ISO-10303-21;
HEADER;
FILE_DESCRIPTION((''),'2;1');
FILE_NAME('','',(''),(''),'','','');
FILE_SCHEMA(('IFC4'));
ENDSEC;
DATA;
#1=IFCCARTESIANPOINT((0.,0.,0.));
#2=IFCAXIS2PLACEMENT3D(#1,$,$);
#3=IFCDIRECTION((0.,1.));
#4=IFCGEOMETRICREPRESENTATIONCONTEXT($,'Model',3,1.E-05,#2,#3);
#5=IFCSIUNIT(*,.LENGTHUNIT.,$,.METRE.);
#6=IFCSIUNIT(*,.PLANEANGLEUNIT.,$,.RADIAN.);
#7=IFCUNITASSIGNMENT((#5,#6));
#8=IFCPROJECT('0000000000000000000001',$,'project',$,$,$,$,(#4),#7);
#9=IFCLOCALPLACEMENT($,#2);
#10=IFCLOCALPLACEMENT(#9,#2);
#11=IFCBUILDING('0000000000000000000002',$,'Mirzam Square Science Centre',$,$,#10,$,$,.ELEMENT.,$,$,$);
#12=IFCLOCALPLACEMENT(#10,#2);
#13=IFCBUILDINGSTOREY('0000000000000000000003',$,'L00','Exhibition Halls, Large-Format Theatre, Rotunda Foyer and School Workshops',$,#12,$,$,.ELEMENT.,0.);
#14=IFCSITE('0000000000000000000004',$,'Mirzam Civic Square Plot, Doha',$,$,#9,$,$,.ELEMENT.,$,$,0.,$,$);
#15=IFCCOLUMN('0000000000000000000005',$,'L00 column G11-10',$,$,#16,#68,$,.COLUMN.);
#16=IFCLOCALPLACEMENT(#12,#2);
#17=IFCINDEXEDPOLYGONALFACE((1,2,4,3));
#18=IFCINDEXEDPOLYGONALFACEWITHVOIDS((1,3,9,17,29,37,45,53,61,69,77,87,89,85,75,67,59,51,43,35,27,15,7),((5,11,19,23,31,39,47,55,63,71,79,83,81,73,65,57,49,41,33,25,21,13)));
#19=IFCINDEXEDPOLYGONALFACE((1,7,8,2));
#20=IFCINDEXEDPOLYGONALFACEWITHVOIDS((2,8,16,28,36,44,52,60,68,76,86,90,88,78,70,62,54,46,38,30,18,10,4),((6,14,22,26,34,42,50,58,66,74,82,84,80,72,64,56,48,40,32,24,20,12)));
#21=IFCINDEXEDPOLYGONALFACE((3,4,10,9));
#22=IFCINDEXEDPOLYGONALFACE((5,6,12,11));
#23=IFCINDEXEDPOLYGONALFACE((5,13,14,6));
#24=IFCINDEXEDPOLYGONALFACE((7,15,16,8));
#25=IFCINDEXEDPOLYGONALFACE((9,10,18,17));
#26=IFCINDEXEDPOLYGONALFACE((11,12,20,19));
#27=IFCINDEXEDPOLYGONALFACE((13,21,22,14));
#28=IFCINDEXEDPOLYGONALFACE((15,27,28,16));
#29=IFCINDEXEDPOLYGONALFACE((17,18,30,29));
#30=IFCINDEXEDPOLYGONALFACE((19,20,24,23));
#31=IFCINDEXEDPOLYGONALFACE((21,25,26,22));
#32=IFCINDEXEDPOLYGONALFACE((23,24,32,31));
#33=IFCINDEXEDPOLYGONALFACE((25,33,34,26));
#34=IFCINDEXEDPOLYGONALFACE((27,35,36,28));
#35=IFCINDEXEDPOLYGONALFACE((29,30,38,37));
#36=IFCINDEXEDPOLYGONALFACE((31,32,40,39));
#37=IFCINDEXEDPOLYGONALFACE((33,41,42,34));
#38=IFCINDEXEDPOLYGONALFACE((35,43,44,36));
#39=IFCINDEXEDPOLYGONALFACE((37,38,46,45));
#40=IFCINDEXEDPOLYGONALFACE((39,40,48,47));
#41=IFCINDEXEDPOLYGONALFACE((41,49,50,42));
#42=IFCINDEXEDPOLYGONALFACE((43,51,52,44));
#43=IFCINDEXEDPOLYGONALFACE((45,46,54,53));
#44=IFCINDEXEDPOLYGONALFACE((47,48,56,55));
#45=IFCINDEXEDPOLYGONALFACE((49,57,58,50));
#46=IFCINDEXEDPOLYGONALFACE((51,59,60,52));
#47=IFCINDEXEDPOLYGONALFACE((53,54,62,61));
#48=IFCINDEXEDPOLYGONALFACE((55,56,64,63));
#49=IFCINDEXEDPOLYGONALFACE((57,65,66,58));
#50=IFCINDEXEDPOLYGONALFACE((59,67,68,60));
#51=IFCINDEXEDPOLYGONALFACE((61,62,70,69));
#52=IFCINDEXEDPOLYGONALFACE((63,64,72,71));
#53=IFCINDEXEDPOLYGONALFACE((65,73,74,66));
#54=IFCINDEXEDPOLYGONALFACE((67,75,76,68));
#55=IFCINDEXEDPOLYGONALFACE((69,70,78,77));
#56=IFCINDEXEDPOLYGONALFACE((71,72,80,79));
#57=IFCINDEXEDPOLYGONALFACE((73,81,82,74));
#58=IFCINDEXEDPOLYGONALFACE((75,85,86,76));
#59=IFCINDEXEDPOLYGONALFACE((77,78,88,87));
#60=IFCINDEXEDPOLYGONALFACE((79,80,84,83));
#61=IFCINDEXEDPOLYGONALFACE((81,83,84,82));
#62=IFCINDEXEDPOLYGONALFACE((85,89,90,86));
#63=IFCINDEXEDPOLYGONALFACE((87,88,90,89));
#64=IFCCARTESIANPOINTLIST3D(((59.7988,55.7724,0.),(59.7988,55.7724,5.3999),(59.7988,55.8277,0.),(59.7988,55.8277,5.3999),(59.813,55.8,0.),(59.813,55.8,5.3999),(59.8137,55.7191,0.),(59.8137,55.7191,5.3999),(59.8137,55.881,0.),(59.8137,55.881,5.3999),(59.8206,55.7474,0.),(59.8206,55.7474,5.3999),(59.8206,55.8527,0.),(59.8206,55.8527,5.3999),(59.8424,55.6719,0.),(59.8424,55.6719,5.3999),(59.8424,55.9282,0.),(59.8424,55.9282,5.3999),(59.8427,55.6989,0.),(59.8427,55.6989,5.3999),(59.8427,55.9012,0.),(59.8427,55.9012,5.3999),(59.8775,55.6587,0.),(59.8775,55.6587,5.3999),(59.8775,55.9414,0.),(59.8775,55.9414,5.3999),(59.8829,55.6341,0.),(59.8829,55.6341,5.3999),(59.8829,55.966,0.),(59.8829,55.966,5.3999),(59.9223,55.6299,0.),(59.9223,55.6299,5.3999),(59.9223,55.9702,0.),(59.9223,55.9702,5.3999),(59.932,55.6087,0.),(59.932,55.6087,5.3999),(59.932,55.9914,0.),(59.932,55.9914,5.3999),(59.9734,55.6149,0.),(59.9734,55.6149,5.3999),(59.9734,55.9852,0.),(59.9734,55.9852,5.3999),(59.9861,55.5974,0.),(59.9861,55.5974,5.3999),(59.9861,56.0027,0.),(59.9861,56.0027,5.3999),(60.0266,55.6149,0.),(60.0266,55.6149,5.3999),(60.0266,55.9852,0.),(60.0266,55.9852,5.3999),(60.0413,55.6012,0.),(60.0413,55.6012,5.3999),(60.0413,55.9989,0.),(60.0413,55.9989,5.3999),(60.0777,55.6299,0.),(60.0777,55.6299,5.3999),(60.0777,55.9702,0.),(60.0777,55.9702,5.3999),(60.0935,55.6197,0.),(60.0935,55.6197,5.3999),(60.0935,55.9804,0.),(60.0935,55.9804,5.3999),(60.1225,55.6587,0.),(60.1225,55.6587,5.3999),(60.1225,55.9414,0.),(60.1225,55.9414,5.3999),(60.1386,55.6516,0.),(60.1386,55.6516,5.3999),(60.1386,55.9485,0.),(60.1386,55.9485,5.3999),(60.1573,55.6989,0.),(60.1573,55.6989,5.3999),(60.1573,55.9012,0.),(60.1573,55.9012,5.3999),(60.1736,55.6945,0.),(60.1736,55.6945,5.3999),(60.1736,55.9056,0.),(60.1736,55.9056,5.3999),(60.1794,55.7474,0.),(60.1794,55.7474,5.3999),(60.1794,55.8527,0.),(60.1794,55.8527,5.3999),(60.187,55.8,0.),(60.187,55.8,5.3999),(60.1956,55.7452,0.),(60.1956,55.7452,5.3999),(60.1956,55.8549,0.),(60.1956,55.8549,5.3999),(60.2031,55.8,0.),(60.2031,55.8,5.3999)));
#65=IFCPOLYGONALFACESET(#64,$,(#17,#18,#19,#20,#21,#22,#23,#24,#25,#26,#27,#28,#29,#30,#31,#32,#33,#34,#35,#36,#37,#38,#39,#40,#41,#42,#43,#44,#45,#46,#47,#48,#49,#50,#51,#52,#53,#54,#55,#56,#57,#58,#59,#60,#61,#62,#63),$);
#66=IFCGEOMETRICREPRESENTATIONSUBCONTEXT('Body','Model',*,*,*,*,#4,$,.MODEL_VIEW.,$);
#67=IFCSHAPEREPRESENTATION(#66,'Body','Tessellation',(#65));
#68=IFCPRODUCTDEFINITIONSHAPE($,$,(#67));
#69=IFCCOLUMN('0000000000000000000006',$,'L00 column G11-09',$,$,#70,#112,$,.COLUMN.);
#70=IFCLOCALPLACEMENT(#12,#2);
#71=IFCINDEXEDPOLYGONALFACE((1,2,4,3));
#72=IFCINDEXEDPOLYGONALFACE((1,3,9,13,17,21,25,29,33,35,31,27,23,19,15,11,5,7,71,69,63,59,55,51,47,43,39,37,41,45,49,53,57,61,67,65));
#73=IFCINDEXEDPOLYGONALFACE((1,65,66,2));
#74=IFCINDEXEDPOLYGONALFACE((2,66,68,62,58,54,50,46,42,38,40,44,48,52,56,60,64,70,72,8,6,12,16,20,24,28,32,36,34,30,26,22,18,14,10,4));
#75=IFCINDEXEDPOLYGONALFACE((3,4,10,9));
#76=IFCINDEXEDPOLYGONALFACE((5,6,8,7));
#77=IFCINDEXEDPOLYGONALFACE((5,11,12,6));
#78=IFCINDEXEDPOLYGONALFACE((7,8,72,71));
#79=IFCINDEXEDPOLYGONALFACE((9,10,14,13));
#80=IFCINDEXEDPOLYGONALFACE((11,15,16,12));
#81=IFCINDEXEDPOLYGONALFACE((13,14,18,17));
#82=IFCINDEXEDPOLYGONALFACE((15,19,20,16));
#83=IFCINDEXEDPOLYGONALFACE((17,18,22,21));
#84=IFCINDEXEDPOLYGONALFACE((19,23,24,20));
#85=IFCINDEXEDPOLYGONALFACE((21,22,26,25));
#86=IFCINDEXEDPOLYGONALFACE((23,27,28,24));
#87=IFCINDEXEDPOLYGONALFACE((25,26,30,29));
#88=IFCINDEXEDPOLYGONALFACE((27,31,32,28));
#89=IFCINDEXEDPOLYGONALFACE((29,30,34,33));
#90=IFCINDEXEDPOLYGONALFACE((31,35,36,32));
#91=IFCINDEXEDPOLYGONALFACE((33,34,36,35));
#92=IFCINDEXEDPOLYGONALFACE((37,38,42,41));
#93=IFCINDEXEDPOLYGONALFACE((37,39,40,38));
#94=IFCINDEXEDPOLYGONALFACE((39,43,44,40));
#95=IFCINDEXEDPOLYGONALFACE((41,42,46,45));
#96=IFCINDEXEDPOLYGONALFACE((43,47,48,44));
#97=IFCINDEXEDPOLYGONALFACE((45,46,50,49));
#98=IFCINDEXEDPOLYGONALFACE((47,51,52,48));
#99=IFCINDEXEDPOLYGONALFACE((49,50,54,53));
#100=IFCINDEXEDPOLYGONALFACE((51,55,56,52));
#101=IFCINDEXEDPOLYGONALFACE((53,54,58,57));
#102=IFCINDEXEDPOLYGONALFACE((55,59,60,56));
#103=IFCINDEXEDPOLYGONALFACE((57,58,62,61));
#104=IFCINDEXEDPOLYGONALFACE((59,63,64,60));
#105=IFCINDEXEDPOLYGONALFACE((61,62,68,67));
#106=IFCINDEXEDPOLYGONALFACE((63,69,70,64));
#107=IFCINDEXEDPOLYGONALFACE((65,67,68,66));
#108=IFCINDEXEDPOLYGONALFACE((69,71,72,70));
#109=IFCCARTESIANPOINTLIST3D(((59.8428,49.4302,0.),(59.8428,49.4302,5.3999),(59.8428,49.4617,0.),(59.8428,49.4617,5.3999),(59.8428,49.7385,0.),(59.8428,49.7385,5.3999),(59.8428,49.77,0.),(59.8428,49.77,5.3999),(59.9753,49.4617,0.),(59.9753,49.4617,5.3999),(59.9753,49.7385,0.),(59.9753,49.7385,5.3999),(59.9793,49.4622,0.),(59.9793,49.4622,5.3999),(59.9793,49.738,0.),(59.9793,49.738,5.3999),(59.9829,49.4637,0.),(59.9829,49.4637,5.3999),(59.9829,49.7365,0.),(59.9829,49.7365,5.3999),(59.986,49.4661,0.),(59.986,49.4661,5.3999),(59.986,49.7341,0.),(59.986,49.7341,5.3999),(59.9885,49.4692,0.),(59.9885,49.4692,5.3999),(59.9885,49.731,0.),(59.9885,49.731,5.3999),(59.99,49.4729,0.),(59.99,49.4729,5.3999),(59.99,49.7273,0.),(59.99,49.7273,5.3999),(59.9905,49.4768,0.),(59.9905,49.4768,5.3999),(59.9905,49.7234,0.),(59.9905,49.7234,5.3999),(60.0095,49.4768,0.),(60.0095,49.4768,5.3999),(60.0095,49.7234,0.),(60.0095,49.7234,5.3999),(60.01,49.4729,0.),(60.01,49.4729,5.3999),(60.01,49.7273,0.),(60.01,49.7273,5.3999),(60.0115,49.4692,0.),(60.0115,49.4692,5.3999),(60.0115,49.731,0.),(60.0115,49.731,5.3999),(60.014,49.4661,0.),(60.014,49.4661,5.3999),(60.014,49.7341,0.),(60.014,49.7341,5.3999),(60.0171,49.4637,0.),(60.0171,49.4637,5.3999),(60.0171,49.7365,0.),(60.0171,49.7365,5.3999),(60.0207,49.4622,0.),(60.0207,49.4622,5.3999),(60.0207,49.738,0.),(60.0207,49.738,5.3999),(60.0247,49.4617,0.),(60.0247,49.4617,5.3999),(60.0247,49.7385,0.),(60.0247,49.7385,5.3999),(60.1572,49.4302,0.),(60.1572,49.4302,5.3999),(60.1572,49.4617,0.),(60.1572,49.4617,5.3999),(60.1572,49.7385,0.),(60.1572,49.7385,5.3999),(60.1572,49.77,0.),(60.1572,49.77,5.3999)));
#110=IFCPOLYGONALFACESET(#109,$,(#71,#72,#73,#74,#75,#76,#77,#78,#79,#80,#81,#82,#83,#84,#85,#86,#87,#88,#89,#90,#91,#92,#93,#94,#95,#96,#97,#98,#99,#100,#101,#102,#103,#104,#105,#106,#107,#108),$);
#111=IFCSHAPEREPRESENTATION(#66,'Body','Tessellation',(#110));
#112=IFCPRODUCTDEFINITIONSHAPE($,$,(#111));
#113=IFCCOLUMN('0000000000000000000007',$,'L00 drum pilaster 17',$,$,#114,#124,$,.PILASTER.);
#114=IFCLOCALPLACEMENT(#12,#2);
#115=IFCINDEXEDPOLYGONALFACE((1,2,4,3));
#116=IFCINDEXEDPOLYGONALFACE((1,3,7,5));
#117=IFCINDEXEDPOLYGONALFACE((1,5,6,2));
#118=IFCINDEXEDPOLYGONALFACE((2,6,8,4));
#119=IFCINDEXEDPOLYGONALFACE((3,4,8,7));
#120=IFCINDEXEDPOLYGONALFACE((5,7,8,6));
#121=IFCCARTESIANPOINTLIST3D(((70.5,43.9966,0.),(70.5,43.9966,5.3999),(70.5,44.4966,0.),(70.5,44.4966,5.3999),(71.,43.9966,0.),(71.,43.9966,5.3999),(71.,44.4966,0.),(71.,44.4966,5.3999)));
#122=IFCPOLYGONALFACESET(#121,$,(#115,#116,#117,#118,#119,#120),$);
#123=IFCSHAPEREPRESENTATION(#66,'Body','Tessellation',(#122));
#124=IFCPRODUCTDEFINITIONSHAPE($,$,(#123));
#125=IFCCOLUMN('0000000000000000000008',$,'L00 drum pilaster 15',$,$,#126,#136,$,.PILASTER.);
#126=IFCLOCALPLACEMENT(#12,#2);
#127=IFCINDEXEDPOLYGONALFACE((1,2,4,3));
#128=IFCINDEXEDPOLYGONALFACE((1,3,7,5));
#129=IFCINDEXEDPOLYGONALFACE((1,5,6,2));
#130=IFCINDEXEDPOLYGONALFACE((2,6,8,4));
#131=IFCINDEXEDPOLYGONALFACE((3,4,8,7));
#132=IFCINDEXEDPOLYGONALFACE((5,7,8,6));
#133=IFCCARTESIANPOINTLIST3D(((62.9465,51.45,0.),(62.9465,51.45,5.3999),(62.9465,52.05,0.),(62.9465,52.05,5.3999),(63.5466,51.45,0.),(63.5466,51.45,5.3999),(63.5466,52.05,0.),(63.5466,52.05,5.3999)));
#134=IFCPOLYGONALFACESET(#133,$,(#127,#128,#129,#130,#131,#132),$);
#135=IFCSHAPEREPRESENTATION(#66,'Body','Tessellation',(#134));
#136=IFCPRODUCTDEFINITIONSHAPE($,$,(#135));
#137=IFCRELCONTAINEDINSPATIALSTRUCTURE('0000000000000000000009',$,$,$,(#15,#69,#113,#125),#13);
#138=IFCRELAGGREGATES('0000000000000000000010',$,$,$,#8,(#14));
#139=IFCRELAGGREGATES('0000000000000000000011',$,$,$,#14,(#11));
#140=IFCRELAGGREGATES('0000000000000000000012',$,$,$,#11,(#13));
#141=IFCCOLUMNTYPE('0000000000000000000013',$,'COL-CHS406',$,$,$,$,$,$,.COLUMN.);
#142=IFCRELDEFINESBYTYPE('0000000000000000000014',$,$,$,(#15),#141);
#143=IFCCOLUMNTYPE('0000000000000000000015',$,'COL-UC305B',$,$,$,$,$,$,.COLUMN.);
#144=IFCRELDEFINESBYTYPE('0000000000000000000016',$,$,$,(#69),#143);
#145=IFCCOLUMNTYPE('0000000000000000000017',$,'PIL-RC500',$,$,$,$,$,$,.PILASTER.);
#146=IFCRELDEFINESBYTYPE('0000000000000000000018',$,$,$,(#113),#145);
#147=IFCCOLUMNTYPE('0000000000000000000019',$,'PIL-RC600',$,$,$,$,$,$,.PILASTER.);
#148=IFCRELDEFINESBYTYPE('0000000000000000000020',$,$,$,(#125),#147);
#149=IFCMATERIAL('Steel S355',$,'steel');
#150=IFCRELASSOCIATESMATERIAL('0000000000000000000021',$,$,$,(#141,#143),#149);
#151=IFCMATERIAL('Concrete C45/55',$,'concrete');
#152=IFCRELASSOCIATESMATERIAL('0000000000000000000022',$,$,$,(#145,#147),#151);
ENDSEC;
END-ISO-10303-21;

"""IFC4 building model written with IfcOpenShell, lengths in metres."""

from ifc_helpers import new_model, si_unit, direction, frame, origin, origin_2d, place, context, subcontext, project, spatial, rectangle, hollow_circle, i_section, extrude, material, material_profile, profile_set, type_object, element, save


model = new_model("IFC4")

# Units and contexts
model_context = context("Model", 3, precision=1e-05, world=origin(), true_north=direction((0.0, 1.0)))
body_context = subcontext(model_context, "Body", "Model", "MODEL_VIEW")
ifc_project = project(units=[si_unit("LENGTHUNIT", "METRE"), si_unit("PLANEANGLEUNIT", "RADIAN")], contexts=[model_context])

# Site, building, storey
site_placement = place(None, origin())
site = spatial("IfcSite", under=ifc_project, at=site_placement, Name="Mirzam Civic Square Plot, Doha", CompositionType="ELEMENT", RefElevation=0.0)
building_placement = place(site_placement, origin())
building = spatial("IfcBuilding", under=site, at=building_placement, Name="Mirzam Square Science Centre", CompositionType="ELEMENT")
storey_placement = place(building_placement, origin())
storey = spatial("IfcBuildingStorey", under=building, at=storey_placement, Name="L00", Description="Exhibition Halls, Large-Format Theatre, Rotunda Foyer and School Workshops", CompositionType="ELEMENT", Elevation=0.0)

# Columns
ifc_material_1 = material(Name="Steel S355", Category="steel")
ifc_material_profile_1 = material_profile(ifc_material_1, hollow_circle(Radius=0.2031, WallThickness=0.0161, at=origin_2d()), Name="406.4x16.0CHS")
ifc_profile_set_1 = profile_set([ifc_material_profile_1], Name="Steel S355")
column_type_1 = type_object("IfcColumnType", Name="COL-CHS406", PredefinedType="COLUMN", material=ifc_profile_set_1)
column_1_placement = place(storey_placement, frame((60.0, 55.8, 0.0), z_axis=(0.0, 0.0, 1.0), x_axis=(1.0, 0.0, 0.0)))
element("IfcColumn", 1, at=column_1_placement, inside=storey, type_object=column_type_1, Name="L00 column G11-10", PredefinedType="COLUMN", context=body_context, shape_type="SweptSolid", body=[
    extrude(hollow_circle(Radius=0.2031, WallThickness=0.0161, at=origin_2d()), origin(), (0.0, 0.0, 1.0), 5.3999),
])
ifc_material_profile_2 = material_profile(ifc_material_1, i_section(OverallWidth=0.3145, OverallDepth=0.3398, WebThickness=0.019, FlangeThickness=0.0315, FilletRadius=0.0151, at=origin_2d()), Name="305x305x198UC")
ifc_profile_set_2 = profile_set([ifc_material_profile_2], Name="Steel S355")
column_type_2 = type_object("IfcColumnType", Name="COL-UC305B", PredefinedType="COLUMN", material=ifc_profile_set_2)
column_2_placement = place(storey_placement, frame((60.0, 49.6001, 0.0), z_axis=(0.0, 0.0, 1.0), x_axis=(1.0, 0.0, 0.0)))
element("IfcColumn", 2, at=column_2_placement, inside=storey, type_object=column_type_2, Name="L00 column G11-09", PredefinedType="COLUMN", context=body_context, shape_type="SweptSolid", body=[
    extrude(i_section(OverallWidth=0.3145, OverallDepth=0.3398, WebThickness=0.019, FlangeThickness=0.0315, FilletRadius=0.0151, at=origin_2d()), origin(), (0.0, 0.0, 1.0), 5.3999),
])
ifc_material_2 = material(Name="Concrete C45/55", Category="concrete")
ifc_material_profile_3 = material_profile(ifc_material_2, rectangle(XDim=0.5, YDim=0.5, at=origin_2d()), Name="RC500x500")
ifc_profile_set_3 = profile_set([ifc_material_profile_3], Name="Concrete C45/55")
column_type_3 = type_object("IfcColumnType", Name="PIL-RC500", PredefinedType="PILASTER", material=ifc_profile_set_3)
column_3_placement = place(storey_placement, frame((70.75, 44.2466, 0.0), z_axis=(0.0, 0.0, 1.0), x_axis=(1.0, 0.0, 0.0)))
element("IfcColumn", 3, at=column_3_placement, inside=storey, type_object=column_type_3, Name="L00 drum pilaster 17", PredefinedType="PILASTER", context=body_context, shape_type="SweptSolid", body=[
    extrude(rectangle(XDim=0.5, YDim=0.5, at=origin_2d()), origin(), (0.0, 0.0, 1.0), 5.3999),
])
ifc_material_profile_4 = material_profile(ifc_material_2, rectangle(XDim=0.6001, YDim=0.6001, at=origin_2d()), Name="RC600x600")
ifc_profile_set_4 = profile_set([ifc_material_profile_4], Name="Concrete C45/55")
column_type_4 = type_object("IfcColumnType", Name="PIL-RC600", PredefinedType="PILASTER", material=ifc_profile_set_4)
column_4_placement = place(storey_placement, frame((63.2466, 51.75, 0.0), z_axis=(0.0, 0.0, 1.0), x_axis=(1.0, 0.0, 0.0)))
element("IfcColumn", 4, at=column_4_placement, inside=storey, type_object=column_type_4, Name="L00 drum pilaster 15", PredefinedType="PILASTER", context=body_context, shape_type="SweptSolid", body=[
    extrude(rectangle(XDim=0.6001, YDim=0.6001, at=origin_2d()), origin(), (0.0, 0.0, 1.0), 5.3999),
])

save(model, "model.ifc")
